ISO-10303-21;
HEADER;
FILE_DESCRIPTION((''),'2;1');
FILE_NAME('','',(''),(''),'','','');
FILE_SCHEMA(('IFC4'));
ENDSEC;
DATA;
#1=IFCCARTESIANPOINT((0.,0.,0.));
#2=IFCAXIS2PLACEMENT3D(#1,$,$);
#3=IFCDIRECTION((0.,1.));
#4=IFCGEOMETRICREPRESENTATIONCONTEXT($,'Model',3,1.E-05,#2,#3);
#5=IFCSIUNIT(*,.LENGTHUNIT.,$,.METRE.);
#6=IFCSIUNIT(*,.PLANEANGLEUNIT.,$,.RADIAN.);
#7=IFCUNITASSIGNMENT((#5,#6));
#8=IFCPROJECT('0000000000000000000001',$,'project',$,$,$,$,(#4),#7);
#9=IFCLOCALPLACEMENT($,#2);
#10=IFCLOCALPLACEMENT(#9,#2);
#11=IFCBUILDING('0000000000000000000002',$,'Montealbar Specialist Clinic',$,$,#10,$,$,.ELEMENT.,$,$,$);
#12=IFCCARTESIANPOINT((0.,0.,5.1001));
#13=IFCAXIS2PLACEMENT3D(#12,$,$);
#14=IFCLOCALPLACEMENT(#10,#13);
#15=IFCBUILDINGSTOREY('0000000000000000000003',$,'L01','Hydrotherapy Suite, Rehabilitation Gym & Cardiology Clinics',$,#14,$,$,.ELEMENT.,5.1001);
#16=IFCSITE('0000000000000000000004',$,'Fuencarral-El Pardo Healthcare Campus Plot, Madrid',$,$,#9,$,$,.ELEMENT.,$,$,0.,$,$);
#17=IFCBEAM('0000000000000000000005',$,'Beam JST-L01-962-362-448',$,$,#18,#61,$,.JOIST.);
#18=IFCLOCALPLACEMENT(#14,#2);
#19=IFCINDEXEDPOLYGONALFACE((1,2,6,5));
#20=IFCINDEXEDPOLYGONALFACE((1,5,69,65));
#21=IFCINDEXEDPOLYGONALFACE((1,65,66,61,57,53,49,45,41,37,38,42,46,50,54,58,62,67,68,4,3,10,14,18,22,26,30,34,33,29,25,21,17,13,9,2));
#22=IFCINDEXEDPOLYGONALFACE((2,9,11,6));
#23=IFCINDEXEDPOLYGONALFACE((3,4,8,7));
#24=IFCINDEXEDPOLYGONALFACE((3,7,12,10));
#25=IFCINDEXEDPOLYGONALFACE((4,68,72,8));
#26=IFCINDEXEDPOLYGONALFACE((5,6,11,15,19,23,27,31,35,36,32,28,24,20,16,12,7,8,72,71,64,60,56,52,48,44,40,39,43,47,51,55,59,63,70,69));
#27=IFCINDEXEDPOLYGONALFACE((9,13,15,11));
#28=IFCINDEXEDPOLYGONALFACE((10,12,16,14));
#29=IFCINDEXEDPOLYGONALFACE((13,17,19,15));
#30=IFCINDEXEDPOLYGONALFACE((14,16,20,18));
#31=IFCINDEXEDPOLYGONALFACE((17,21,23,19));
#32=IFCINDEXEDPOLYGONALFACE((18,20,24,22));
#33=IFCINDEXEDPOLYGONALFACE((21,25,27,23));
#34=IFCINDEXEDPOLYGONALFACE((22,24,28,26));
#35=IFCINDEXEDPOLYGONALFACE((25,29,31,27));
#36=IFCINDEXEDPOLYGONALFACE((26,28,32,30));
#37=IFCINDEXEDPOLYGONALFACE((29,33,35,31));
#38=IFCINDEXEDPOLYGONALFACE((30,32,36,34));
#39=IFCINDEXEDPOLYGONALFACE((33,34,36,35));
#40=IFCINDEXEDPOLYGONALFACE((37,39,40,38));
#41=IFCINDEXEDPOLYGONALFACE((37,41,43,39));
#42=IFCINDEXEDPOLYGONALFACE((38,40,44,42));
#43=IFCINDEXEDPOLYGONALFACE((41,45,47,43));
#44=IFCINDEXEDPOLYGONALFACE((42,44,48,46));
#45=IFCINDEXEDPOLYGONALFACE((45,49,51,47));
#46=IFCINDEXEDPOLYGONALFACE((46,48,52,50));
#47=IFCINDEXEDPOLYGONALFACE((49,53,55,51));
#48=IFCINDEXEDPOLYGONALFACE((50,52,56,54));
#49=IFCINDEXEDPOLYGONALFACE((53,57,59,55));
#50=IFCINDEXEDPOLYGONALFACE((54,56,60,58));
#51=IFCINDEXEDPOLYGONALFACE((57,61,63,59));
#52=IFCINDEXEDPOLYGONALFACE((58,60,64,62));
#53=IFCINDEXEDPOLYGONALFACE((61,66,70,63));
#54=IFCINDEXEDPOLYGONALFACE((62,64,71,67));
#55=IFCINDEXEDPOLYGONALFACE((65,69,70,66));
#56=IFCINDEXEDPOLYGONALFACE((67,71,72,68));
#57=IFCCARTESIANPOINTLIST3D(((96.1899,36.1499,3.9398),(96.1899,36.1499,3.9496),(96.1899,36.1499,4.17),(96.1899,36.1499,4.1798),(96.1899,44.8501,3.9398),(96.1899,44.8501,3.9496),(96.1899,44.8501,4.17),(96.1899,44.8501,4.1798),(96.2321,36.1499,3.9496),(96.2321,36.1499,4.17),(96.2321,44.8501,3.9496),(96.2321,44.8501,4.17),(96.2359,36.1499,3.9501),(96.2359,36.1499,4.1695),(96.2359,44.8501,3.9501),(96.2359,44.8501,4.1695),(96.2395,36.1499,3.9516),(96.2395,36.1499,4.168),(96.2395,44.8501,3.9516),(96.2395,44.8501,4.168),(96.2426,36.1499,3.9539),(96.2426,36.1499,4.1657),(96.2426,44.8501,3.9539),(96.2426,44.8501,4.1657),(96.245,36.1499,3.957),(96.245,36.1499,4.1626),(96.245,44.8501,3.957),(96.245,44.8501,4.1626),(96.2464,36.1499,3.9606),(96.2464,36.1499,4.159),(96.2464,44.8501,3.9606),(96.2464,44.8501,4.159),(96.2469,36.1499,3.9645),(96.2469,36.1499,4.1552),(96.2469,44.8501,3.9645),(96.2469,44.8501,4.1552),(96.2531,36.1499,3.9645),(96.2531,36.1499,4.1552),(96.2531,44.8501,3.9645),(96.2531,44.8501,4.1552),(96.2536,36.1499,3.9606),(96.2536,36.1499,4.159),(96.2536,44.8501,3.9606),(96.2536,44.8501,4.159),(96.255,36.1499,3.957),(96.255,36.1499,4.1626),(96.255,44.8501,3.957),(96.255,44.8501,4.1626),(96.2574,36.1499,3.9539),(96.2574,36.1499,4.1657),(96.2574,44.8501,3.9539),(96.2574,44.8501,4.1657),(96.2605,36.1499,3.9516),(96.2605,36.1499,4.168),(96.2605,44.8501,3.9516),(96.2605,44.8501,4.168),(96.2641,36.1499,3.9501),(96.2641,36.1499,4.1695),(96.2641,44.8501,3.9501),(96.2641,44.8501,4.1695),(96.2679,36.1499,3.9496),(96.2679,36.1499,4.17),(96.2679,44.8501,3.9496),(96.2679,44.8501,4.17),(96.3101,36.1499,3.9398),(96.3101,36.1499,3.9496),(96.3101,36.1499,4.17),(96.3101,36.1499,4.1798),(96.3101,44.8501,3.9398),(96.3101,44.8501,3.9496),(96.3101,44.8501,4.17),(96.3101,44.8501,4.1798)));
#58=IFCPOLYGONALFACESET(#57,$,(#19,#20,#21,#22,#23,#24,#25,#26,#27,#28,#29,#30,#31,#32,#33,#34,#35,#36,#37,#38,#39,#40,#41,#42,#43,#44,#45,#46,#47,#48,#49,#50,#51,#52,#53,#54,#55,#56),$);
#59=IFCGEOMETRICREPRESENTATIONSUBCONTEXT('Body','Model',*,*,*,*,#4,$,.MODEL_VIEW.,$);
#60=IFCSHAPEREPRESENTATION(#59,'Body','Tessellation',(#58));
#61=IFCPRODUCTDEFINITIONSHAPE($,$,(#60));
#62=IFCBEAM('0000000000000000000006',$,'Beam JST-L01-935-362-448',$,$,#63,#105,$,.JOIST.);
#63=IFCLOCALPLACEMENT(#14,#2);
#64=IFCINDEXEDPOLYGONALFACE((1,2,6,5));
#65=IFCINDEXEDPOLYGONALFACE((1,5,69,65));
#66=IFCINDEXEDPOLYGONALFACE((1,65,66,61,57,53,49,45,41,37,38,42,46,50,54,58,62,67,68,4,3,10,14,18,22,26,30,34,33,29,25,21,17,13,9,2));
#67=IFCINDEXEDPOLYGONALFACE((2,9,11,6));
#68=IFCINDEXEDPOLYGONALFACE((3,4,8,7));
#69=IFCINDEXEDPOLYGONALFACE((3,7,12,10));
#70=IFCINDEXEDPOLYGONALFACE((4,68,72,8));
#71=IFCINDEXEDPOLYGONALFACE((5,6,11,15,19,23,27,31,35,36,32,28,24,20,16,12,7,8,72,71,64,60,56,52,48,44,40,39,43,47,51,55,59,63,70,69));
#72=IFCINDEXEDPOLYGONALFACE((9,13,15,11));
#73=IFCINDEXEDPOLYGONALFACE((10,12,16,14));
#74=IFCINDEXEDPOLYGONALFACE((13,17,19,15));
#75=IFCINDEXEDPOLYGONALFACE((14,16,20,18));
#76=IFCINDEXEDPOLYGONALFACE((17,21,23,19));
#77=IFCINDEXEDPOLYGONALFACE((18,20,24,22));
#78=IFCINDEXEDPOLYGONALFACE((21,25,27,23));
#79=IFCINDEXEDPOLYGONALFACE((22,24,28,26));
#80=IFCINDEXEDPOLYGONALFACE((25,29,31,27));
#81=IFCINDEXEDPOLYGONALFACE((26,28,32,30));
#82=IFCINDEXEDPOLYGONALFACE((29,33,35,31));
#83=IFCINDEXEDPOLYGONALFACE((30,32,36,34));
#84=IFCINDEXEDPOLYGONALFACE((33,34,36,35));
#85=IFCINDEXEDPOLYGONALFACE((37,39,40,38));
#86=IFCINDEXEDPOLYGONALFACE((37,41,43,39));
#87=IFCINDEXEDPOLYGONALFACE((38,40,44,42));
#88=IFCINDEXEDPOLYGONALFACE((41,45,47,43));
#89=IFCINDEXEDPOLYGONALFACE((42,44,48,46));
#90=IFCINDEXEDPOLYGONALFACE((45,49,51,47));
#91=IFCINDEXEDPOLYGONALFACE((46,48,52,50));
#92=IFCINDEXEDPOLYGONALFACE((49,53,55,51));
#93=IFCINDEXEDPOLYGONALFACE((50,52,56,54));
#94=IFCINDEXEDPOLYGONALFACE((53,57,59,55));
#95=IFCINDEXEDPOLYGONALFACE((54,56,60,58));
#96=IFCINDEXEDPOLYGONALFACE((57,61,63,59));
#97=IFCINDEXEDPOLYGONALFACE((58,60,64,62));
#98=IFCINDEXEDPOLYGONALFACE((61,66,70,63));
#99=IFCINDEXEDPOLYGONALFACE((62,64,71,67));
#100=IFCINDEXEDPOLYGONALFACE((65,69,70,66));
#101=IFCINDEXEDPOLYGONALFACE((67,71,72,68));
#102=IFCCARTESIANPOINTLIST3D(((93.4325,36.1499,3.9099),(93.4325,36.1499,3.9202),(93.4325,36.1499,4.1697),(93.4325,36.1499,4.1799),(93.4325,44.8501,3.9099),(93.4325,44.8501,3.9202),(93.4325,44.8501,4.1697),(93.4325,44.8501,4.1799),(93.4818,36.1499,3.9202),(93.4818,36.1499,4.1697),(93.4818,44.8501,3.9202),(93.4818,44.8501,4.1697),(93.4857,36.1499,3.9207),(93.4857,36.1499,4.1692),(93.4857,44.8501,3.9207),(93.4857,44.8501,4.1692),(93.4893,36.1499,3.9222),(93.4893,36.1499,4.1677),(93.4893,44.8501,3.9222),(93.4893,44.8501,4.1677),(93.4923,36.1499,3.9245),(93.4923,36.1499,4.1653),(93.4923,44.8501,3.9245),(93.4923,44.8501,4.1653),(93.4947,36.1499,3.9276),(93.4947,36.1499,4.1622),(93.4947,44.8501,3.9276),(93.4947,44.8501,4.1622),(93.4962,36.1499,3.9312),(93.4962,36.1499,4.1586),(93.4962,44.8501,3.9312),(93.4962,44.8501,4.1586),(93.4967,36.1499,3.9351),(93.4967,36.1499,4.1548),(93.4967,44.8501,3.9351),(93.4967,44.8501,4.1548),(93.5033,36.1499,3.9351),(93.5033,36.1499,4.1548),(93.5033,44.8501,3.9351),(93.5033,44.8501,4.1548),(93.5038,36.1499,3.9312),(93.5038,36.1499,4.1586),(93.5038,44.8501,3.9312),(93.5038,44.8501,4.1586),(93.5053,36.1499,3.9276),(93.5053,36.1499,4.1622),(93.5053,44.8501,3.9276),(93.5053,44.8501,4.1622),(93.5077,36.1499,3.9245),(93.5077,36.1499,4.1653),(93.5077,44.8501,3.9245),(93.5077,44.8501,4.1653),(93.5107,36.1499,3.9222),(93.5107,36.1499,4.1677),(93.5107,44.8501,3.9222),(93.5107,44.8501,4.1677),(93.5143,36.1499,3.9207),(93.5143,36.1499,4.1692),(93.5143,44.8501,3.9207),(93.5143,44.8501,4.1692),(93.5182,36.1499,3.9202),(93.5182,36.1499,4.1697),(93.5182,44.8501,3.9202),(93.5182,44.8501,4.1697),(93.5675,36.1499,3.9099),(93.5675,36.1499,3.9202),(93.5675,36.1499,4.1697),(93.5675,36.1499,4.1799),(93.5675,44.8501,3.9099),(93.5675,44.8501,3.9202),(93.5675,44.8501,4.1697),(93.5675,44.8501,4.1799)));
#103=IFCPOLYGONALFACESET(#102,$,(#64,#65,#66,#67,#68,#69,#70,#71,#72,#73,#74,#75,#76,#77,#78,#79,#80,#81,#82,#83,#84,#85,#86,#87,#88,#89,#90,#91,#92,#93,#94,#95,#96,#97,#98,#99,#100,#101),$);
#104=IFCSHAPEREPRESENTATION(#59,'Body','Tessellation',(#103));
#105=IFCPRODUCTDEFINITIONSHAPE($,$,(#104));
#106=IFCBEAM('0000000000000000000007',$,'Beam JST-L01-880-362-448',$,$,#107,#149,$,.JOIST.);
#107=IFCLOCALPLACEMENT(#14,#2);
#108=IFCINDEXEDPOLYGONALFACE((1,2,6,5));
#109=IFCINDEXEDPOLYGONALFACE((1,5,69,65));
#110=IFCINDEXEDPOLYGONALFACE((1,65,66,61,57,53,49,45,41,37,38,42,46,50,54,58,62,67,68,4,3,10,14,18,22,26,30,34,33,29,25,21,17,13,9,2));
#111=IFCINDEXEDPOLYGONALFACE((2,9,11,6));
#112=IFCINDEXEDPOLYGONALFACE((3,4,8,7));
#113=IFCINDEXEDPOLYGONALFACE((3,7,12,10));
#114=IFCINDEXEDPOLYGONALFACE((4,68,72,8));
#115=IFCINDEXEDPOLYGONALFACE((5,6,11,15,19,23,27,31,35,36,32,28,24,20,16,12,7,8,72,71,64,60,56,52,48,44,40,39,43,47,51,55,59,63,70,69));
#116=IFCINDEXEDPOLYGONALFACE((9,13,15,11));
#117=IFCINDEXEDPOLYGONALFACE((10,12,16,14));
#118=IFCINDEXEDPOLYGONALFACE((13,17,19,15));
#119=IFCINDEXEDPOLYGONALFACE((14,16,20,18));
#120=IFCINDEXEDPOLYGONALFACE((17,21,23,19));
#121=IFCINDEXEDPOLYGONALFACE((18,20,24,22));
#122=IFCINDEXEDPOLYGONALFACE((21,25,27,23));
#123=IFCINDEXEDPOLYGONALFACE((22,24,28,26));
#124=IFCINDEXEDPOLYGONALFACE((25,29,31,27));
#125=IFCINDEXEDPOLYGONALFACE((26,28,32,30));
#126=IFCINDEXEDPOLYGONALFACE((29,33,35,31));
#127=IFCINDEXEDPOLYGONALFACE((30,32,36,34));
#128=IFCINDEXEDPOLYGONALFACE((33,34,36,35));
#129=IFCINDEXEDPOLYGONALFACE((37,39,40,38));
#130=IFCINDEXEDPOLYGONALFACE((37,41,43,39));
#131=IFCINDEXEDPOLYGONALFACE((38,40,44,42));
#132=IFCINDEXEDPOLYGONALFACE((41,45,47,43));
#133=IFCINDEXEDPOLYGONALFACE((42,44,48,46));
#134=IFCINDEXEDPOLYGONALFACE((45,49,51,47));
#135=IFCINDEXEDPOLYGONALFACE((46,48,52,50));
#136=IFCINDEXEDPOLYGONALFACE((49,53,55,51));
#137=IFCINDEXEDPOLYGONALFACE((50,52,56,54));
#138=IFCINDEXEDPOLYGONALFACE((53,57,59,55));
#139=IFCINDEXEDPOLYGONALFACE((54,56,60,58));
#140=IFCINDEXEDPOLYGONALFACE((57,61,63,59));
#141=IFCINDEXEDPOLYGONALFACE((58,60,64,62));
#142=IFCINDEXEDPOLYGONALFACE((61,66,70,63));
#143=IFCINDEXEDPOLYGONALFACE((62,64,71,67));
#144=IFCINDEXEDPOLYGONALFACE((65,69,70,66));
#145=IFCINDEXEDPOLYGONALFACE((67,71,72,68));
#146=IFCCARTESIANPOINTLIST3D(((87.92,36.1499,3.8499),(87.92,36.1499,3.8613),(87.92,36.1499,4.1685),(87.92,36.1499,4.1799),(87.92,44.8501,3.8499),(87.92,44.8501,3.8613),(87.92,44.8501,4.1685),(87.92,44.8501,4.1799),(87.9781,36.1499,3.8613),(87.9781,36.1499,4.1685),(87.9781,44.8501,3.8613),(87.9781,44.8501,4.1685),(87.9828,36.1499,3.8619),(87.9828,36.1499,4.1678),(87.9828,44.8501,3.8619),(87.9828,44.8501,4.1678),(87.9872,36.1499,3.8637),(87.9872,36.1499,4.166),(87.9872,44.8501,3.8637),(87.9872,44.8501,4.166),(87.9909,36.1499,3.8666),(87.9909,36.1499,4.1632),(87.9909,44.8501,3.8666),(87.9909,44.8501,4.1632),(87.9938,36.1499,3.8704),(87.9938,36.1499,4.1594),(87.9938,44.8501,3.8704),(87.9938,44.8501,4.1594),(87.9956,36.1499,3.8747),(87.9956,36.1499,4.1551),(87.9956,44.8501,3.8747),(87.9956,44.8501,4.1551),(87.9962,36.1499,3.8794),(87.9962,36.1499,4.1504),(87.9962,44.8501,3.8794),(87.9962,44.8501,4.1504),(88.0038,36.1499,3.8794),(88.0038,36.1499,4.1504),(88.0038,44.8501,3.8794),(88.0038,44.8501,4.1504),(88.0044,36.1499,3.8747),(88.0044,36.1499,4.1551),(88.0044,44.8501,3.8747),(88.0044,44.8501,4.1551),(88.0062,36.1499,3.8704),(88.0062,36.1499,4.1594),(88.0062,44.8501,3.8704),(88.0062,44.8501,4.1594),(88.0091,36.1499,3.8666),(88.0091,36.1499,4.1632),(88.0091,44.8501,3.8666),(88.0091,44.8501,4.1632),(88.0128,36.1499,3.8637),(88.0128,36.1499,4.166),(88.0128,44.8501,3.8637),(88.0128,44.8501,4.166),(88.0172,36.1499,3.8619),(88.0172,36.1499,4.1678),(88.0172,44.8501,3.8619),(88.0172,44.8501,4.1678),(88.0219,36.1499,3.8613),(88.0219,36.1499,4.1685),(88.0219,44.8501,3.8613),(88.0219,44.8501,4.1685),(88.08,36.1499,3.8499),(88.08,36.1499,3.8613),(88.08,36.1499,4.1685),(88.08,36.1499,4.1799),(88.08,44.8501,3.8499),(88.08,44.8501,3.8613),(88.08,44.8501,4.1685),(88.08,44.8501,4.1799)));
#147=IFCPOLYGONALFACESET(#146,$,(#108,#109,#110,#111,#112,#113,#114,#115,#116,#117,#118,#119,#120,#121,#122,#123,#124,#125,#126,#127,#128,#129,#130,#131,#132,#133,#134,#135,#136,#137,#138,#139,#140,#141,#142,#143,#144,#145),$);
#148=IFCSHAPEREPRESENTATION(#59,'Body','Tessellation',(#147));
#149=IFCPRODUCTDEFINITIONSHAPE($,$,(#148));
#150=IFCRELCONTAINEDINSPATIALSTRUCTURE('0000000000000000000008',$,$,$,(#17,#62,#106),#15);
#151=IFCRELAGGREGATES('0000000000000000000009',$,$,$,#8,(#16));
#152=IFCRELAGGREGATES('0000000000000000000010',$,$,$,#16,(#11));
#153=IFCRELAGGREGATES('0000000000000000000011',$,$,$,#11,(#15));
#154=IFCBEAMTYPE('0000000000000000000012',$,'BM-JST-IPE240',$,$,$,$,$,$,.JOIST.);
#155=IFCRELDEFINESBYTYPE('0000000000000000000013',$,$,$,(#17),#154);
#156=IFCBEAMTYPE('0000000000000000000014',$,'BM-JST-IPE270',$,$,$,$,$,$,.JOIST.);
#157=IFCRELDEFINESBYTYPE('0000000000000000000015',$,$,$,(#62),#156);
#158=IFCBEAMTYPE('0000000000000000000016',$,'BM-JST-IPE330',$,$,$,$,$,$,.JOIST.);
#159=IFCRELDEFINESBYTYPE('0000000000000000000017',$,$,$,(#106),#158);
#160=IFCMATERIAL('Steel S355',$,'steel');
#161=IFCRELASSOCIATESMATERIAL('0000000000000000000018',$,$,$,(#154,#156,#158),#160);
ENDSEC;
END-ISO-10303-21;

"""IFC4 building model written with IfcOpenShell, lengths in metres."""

from ifc_helpers import new_model, si_unit, direction, frame, origin, origin_2d, place, context, subcontext, project, spatial, i_section, extrude, material, material_profile, profile_set, type_object, element, save


model = new_model("IFC4")

# Units and contexts
model_context = context("Model", 3, precision=1e-05, world=origin(), true_north=direction((0.0, 1.0)))
body_context = subcontext(model_context, "Body", "Model", "MODEL_VIEW")
ifc_project = project(units=[si_unit("LENGTHUNIT", "METRE"), si_unit("PLANEANGLEUNIT", "RADIAN")], contexts=[model_context])

# Site, building, storey
site_placement = place(None, origin())
site = spatial("IfcSite", under=ifc_project, at=site_placement, Name="Fuencarral-El Pardo Healthcare Campus Plot, Madrid", CompositionType="ELEMENT", RefElevation=0.0)
building_placement = place(site_placement, origin())
building = spatial("IfcBuilding", under=site, at=building_placement, Name="Montealbar Specialist Clinic", CompositionType="ELEMENT")
storey_placement = place(building_placement, frame((0.0, 0.0, 5.1001)))
storey = spatial("IfcBuildingStorey", under=building, at=storey_placement, Name="L01", Description="Hydrotherapy Suite, Rehabilitation Gym & Cardiology Clinics", CompositionType="ELEMENT", Elevation=5.1001)

# Shared definitions
ifc_material_1 = material(Name="Steel S355", Category="steel")

# Beams
ifc_material_profile_1 = material_profile(ifc_material_1, i_section(OverallWidth=0.1201, OverallDepth=0.24, WebThickness=0.0061, FlangeThickness=0.0098, FilletRadius=0.0149, at=origin_2d()), Name="IPE 240", Category="steel")
ifc_profile_set_1 = profile_set([ifc_material_profile_1], Name="Steel S355")
beam_type_1 = type_object("IfcBeamType", Name="BM-JST-IPE240", PredefinedType="JOIST", material=ifc_profile_set_1)
beam_1_placement = place(storey_placement, frame((96.25, 36.1499, 4.0598), z_axis=(0.0, 1.0, 0.0), x_axis=(-1.0, 0.0, 0.0)))
element("IfcBeam", 1, at=beam_1_placement, inside=storey, type_object=beam_type_1, Name="Beam JST-L01-962-362-448", PredefinedType="JOIST", context=body_context, shape_type="SweptSolid", body=[
    extrude(i_section(OverallWidth=0.1201, OverallDepth=0.24, WebThickness=0.0061, FlangeThickness=0.0098, FilletRadius=0.0149, at=origin_2d()), origin(), (0.0, 0.0, 1.0), 8.7002),
])
ifc_material_profile_2 = material_profile(ifc_material_1, i_section(OverallWidth=0.135, OverallDepth=0.27, WebThickness=0.0066, FlangeThickness=0.0103, FilletRadius=0.0149, at=origin_2d()), Name="IPE 270", Category="steel")
ifc_profile_set_2 = profile_set([ifc_material_profile_2], Name="Steel S355")
beam_type_2 = type_object("IfcBeamType", Name="BM-JST-IPE270", PredefinedType="JOIST", material=ifc_profile_set_2)
beam_2_placement = place(storey_placement, frame((93.5, 36.1499, 4.0449), z_axis=(0.0, 1.0, 0.0), x_axis=(-1.0, 0.0, 0.0)))
element("IfcBeam", 2, at=beam_2_placement, inside=storey, type_object=beam_type_2, Name="Beam JST-L01-935-362-448", PredefinedType="JOIST", context=body_context, shape_type="SweptSolid", body=[
    extrude(i_section(OverallWidth=0.135, OverallDepth=0.27, WebThickness=0.0066, FlangeThickness=0.0103, FilletRadius=0.0149, at=origin_2d()), origin(), (0.0, 0.0, 1.0), 8.7002),
])
ifc_material_profile_3 = material_profile(ifc_material_1, i_section(OverallWidth=0.1599, OverallDepth=0.3301, WebThickness=0.0076, FlangeThickness=0.0115, FilletRadius=0.0181, at=origin_2d()), Name="IPE 330", Category="steel")
ifc_profile_set_3 = profile_set([ifc_material_profile_3], Name="Steel S355")
beam_type_3 = type_object("IfcBeamType", Name="BM-JST-IPE330", PredefinedType="JOIST", material=ifc_profile_set_3)
beam_3_placement = place(storey_placement, frame((88.0, 36.1499, 4.0149), z_axis=(0.0, 1.0, 0.0), x_axis=(-1.0, 0.0, 0.0)))
element("IfcBeam", 3, at=beam_3_placement, inside=storey, type_object=beam_type_3, Name="Beam JST-L01-880-362-448", PredefinedType="JOIST", context=body_context, shape_type="SweptSolid", body=[
    extrude(i_section(OverallWidth=0.1599, OverallDepth=0.3301, WebThickness=0.0076, FlangeThickness=0.0115, FilletRadius=0.0181, at=origin_2d()), origin(), (0.0, 0.0, 1.0), 8.7002),
])

save(model, "model.ifc")
